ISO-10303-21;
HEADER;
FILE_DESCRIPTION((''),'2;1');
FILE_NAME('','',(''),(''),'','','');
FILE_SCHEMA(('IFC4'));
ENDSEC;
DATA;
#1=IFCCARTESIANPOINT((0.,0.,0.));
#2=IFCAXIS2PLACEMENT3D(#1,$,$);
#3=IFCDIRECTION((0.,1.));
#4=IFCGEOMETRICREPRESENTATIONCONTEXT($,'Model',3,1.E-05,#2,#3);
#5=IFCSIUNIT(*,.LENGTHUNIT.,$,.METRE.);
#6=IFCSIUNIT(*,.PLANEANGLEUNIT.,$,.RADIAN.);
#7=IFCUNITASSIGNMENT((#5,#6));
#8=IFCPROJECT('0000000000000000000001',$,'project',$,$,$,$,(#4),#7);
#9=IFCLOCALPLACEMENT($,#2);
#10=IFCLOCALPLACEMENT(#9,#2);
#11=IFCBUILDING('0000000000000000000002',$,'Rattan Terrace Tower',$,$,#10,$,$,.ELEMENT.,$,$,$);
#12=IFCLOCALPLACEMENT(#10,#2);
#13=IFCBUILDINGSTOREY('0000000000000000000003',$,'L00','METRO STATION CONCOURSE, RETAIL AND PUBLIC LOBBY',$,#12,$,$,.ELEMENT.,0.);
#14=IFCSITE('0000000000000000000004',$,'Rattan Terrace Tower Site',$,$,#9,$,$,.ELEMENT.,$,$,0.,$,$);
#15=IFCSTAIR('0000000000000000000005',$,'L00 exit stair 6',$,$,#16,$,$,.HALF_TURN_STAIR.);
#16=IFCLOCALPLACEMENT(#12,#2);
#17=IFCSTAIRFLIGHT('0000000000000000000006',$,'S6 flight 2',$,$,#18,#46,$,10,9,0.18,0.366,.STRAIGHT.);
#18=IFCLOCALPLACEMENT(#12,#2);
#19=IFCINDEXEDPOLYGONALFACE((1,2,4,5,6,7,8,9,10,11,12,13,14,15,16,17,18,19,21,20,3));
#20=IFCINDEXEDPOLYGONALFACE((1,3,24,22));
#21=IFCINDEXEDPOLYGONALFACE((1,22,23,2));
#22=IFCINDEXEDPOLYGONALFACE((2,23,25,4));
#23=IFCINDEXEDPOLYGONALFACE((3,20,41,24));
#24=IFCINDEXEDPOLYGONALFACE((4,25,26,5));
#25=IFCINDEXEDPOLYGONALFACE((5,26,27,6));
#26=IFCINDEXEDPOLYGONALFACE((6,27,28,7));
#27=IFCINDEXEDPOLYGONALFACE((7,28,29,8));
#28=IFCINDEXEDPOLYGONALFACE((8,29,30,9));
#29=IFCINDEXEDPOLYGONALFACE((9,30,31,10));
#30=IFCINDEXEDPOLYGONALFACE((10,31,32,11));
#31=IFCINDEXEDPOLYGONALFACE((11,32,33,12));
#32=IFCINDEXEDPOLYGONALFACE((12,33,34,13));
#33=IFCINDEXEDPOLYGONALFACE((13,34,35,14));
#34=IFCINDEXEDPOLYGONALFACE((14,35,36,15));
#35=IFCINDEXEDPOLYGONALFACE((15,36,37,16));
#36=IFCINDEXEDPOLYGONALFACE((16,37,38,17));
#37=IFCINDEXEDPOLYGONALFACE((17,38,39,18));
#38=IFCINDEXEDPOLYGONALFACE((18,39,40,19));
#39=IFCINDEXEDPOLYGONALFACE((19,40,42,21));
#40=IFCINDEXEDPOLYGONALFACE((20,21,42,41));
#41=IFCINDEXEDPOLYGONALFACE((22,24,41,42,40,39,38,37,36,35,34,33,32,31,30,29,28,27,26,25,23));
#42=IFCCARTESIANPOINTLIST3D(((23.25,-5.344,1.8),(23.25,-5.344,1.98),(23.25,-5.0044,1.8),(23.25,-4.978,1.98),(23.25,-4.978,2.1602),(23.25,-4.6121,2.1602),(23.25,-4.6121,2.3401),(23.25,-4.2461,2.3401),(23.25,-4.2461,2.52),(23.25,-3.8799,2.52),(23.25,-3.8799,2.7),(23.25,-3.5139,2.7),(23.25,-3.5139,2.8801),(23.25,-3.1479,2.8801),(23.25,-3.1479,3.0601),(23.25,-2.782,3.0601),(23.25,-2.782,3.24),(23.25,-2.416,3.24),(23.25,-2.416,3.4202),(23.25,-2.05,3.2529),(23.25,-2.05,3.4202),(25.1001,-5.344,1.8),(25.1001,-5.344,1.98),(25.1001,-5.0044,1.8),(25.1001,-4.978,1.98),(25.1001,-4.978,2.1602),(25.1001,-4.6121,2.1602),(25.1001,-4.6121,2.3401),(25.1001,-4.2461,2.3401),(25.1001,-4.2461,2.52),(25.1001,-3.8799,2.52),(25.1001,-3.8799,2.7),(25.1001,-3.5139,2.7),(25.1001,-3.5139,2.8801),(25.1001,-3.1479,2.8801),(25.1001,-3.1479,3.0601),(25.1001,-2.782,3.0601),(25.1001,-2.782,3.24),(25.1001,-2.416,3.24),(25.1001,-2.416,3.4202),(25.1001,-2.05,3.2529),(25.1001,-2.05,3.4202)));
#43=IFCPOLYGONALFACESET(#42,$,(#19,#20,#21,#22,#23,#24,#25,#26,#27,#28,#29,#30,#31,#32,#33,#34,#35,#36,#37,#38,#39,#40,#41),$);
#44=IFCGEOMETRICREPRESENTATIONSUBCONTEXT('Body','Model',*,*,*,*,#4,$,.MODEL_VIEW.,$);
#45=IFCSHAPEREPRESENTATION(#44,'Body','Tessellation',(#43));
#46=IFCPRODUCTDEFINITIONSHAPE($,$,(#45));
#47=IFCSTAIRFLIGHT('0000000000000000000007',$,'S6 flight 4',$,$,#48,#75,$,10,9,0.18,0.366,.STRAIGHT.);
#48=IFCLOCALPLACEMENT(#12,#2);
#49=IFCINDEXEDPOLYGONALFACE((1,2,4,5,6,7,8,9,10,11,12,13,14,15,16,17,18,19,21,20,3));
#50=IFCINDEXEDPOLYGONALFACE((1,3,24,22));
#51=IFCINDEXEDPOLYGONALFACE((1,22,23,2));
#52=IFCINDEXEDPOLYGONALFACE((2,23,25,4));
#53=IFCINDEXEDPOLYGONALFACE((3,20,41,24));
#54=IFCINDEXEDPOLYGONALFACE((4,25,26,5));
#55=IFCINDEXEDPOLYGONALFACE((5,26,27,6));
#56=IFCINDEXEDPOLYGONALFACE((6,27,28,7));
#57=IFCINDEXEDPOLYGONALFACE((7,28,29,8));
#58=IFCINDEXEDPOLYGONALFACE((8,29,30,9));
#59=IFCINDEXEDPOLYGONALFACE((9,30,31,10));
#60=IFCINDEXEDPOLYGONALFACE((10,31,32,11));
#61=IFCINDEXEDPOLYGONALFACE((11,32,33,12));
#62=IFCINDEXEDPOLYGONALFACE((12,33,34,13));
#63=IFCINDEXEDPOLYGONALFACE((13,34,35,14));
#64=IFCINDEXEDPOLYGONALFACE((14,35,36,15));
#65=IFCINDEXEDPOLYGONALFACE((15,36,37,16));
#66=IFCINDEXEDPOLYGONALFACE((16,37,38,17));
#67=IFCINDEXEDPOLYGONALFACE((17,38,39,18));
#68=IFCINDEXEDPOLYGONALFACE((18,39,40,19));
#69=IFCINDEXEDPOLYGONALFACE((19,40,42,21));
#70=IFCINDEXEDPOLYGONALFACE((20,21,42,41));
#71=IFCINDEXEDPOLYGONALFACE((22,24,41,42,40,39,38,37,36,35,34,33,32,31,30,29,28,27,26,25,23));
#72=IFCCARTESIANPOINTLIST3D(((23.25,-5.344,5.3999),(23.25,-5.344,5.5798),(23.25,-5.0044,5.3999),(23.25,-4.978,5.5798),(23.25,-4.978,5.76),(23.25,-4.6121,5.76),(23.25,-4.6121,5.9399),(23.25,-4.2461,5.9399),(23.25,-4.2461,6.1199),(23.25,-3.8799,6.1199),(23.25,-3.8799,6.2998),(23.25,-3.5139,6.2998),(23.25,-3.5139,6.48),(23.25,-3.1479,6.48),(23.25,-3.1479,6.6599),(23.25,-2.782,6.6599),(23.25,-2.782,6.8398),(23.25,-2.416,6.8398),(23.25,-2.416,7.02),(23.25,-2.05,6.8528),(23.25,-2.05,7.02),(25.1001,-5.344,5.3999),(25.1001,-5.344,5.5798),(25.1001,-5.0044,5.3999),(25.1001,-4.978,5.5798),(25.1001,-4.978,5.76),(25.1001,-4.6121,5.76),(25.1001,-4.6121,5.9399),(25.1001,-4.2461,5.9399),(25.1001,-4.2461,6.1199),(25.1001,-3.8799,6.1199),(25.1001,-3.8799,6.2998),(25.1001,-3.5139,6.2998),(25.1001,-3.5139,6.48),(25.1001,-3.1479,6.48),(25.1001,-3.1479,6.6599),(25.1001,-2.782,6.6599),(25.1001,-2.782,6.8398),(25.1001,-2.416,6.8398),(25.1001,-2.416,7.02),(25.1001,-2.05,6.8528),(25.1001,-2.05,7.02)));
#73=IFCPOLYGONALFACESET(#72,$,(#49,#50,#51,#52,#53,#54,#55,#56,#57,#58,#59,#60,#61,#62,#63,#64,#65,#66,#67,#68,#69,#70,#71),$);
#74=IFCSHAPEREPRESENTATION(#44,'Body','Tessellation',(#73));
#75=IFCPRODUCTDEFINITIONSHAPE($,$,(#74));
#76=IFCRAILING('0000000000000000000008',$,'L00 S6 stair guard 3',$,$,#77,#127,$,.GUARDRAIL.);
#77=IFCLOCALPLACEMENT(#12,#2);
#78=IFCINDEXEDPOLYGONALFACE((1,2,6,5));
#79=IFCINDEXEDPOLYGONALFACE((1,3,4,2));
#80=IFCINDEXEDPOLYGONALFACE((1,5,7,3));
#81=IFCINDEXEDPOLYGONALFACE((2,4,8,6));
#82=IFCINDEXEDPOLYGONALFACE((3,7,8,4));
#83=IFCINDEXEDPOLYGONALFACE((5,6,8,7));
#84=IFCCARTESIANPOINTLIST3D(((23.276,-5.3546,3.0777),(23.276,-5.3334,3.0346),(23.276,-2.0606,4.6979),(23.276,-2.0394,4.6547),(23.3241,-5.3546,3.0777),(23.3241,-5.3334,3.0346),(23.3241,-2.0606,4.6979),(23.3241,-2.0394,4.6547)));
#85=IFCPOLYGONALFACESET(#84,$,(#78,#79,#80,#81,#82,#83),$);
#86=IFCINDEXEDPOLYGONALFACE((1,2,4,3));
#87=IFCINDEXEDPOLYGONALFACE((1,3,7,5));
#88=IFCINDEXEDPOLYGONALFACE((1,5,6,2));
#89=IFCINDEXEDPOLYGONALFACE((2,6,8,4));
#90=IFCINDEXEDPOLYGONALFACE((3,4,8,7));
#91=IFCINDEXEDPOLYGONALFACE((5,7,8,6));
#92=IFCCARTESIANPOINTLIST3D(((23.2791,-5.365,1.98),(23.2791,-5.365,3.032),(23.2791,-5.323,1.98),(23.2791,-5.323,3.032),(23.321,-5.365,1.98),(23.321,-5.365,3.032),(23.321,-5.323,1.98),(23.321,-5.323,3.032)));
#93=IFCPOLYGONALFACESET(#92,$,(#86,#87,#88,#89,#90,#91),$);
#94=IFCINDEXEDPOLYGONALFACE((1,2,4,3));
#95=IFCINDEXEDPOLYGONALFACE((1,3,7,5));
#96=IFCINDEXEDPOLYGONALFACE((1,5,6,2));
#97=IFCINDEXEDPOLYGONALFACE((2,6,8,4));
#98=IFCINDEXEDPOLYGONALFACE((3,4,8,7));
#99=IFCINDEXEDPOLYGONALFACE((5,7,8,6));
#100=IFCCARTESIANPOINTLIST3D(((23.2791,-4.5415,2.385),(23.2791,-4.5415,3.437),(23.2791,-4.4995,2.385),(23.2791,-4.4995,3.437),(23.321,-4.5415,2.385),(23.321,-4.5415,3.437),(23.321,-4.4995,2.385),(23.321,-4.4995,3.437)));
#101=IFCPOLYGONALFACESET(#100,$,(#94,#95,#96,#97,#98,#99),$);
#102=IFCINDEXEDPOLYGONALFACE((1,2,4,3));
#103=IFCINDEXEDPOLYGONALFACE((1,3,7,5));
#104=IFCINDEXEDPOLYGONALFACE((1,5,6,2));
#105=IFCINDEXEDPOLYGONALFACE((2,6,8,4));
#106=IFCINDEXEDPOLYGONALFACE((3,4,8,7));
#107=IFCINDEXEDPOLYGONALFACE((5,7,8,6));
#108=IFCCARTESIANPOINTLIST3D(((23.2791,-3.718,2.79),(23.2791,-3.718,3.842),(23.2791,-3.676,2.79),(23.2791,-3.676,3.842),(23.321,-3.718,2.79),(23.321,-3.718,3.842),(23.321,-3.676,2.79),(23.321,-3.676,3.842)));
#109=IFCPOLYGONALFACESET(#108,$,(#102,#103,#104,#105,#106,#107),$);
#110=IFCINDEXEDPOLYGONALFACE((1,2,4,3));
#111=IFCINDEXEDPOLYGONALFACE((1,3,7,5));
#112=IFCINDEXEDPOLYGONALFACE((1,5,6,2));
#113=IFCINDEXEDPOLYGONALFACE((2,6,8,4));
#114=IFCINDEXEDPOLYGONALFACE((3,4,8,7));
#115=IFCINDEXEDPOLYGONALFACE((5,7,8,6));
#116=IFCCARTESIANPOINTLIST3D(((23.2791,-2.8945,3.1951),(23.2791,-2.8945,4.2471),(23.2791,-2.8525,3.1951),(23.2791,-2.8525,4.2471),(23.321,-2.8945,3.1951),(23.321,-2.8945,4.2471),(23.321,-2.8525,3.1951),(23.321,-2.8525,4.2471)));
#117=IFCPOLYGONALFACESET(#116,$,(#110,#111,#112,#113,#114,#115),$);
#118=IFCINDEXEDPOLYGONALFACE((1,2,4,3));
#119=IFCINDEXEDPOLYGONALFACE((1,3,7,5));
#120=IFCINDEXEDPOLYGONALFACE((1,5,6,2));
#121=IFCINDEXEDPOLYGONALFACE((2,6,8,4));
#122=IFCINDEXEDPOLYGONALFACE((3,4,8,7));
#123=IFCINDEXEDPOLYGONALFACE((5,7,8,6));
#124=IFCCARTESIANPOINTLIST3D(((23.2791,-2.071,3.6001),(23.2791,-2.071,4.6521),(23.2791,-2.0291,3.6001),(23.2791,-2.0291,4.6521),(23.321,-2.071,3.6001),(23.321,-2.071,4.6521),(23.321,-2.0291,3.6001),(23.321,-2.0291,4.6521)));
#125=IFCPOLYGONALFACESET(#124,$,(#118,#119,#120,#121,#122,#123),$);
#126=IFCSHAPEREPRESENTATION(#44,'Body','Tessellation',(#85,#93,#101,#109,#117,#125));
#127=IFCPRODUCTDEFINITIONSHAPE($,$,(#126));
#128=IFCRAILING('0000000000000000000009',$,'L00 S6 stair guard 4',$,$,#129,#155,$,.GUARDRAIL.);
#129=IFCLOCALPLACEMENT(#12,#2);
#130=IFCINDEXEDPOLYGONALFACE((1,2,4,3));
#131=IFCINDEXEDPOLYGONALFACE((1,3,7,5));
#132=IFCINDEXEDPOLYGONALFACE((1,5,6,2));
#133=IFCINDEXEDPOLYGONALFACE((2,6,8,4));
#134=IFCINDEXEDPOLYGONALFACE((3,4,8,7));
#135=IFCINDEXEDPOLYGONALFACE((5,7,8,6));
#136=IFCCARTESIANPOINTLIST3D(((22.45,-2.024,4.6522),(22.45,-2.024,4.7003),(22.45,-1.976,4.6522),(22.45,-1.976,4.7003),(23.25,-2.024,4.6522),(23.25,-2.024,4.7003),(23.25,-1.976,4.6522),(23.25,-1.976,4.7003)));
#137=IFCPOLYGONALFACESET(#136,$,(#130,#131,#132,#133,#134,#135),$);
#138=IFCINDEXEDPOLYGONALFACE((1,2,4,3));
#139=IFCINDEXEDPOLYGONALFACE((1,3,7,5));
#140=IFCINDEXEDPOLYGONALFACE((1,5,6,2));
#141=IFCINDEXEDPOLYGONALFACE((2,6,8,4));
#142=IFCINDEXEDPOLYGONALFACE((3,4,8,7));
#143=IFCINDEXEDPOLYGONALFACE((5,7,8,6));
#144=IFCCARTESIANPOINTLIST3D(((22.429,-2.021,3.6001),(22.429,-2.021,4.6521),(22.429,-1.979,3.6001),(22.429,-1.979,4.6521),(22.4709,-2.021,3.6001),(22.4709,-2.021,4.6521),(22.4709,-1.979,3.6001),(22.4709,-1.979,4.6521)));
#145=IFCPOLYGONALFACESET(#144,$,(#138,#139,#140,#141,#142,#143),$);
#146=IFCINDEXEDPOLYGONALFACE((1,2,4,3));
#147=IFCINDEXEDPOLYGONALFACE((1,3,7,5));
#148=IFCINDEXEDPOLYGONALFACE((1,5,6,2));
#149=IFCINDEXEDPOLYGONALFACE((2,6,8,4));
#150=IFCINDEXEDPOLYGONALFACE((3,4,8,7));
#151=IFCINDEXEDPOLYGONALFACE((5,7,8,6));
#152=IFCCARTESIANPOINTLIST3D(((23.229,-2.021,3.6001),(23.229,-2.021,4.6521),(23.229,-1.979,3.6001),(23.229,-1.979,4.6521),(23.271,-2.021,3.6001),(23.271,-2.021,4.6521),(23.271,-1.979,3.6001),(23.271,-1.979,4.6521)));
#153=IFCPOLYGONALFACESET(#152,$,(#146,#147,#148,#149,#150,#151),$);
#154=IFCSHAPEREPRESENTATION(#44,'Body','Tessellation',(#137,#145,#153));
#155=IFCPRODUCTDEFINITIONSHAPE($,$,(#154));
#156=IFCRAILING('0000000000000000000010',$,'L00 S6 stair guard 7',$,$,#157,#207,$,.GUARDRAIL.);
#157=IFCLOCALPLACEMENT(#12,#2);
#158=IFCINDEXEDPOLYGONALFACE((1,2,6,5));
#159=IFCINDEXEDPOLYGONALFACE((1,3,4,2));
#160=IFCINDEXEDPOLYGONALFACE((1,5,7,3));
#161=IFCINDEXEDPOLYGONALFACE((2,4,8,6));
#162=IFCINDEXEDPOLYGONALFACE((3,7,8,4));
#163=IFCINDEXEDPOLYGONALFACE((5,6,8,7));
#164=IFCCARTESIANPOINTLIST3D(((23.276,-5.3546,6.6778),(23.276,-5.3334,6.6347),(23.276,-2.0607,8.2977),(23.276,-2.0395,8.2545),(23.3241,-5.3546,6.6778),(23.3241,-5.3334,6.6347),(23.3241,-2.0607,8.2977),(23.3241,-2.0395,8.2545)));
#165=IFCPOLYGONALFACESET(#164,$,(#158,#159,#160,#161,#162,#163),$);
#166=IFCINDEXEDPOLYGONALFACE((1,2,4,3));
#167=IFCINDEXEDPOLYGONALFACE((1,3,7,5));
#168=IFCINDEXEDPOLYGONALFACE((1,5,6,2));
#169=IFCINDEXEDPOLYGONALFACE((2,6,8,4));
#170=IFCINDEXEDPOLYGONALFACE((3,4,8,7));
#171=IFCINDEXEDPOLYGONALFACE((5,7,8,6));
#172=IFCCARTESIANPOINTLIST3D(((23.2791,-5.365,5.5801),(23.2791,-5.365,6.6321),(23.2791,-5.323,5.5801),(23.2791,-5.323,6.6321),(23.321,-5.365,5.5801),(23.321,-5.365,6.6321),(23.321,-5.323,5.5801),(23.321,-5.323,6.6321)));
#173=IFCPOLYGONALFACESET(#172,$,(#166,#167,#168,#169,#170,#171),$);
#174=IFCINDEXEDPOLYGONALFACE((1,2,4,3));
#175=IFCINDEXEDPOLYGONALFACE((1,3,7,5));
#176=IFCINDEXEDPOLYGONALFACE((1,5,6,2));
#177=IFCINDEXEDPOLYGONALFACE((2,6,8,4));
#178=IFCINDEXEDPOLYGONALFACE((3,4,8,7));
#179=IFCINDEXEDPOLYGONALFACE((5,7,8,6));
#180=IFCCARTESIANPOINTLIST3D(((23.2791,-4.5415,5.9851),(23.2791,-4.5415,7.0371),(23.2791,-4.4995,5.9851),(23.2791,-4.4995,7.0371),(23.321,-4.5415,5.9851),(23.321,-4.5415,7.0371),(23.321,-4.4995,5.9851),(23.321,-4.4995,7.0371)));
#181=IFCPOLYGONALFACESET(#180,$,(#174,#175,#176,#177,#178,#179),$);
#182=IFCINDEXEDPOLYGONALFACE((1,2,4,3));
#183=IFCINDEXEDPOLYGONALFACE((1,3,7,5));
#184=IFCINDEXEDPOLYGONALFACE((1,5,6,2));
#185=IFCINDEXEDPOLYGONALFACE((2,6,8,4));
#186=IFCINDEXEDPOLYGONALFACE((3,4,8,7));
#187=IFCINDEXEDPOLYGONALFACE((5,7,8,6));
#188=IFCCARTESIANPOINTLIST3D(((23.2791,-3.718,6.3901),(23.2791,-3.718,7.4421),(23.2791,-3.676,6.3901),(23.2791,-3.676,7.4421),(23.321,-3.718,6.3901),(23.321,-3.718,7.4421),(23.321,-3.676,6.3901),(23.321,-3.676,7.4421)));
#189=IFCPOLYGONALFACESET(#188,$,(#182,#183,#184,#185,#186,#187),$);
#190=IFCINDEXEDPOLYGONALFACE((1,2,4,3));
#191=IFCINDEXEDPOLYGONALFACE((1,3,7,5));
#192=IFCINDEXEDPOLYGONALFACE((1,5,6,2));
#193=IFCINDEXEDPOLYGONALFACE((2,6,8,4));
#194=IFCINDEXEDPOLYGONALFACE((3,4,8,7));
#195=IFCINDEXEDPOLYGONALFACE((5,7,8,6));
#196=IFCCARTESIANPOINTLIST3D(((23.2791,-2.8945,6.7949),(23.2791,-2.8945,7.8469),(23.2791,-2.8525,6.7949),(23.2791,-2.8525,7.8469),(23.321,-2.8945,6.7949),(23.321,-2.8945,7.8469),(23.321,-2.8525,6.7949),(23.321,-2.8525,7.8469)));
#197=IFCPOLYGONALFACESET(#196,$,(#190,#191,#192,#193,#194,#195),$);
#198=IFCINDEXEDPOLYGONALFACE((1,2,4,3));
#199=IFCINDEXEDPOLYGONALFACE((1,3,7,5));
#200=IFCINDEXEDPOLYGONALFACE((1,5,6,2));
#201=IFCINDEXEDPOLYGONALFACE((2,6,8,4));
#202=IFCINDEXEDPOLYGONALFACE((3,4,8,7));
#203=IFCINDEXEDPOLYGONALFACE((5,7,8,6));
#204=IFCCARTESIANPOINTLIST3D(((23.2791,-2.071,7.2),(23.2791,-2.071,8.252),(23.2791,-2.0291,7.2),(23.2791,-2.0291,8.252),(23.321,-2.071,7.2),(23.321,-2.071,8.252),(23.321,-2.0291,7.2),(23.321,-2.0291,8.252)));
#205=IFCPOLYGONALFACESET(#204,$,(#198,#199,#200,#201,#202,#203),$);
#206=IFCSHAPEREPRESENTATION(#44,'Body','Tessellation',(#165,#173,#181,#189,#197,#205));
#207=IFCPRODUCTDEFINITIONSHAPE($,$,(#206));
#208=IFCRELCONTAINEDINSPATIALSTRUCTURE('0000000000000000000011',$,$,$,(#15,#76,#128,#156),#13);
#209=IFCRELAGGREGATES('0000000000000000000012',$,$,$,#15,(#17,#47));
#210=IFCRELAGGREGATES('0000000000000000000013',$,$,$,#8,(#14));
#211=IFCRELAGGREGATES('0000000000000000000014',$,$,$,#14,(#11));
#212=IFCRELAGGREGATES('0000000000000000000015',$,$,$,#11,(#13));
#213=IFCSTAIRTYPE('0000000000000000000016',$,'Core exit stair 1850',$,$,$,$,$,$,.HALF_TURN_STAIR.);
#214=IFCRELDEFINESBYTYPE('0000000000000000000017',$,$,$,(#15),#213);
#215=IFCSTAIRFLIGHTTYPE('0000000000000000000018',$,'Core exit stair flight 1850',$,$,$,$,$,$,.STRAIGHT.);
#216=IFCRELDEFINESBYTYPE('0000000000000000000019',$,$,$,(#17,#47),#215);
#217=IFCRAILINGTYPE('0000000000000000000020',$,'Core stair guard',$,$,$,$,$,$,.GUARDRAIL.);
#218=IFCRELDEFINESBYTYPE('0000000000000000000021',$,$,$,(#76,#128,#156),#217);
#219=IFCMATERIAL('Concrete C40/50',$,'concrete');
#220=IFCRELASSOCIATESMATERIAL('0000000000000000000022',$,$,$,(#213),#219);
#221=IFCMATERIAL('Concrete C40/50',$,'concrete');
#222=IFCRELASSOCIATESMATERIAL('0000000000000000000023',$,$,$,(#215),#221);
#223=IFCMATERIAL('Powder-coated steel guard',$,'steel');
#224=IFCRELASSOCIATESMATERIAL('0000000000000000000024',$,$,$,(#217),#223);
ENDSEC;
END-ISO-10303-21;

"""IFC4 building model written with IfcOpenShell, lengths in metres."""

from ifc_helpers import new_model, si_unit, direction, frame, origin, origin_2d, place, context, subcontext, project, spatial, polyline, rectangle, outline, extrude, material, type_object, element, aggregate, save


model = new_model("IFC4")

# Units and contexts
model_context = context("Model", 3, precision=1e-05, world=origin(), true_north=direction((0.0, 1.0)))
body_context = subcontext(model_context, "Body", "Model", "MODEL_VIEW")
ifc_project = project(units=[si_unit("LENGTHUNIT", "METRE"), si_unit("PLANEANGLEUNIT", "RADIAN")], contexts=[model_context])

# Site, building, storey
site_placement = place(None, origin())
site = spatial("IfcSite", under=ifc_project, at=site_placement, Name="Rattan Terrace Tower Site", CompositionType="ELEMENT", RefElevation=0.0)
building_placement = place(site_placement, origin())
building = spatial("IfcBuilding", under=site, at=building_placement, Name="Rattan Terrace Tower", CompositionType="ELEMENT")
storey_placement = place(building_placement, origin())
storey = spatial("IfcBuildingStorey", under=building, at=storey_placement, Name="L00", Description="METRO STATION CONCOURSE, RETAIL AND PUBLIC LOBBY", CompositionType="ELEMENT", Elevation=0.0)

# Stair, stair flights
ifc_material_1 = material(Name="Concrete C40/50", Category="concrete")
stair_type = type_object("IfcStairType", Name="Core exit stair 1850", PredefinedType="HALF_TURN_STAIR", material=ifc_material_1)
stair_placement = place(storey_placement, origin())
stair = element("IfcStair", 1, at=stair_placement, inside=storey, type_object=stair_type, Name="L00 exit stair 6", PredefinedType="HALF_TURN_STAIR")
ifc_material_2 = material(Name="Concrete C40/50", Category="concrete")
stair_flight_type = type_object("IfcStairFlightType", Name="Core exit stair flight 1850", PredefinedType="STRAIGHT", material=ifc_material_2)
stair_flight_1_placement = place(storey_placement, frame((24.175, -5.344, 1.8), z_axis=(0.0, 0.0, 1.0), x_axis=(0.0, 1.0, 0.0)))
stair_flight_1 = element("IfcStairFlight", 2, at=stair_flight_1_placement, type_object=stair_flight_type, Name="S6 flight 2", NumberOfRisers=10, NumberOfTreads=9, PredefinedType="STRAIGHT", RiserHeight=0.18, TreadLength=0.366, context=body_context, shape_type="SweptSolid", body=[
    extrude(outline(polyline([(0.0, 0.0), (0.0, 0.1799), (0.366, 0.1799), (0.366, 0.3601), (0.7319, 0.3601), (0.7319, 0.54), (1.0979, 0.54), (1.0979, 0.72), (1.4641, 0.72), (1.4641, 0.8999), (1.8301, 0.8999), (1.8301, 1.0801), (2.196, 1.0801), (2.196, 1.26), (2.562, 1.26), (2.562, 1.4399), (2.928, 1.4399), (2.928, 1.6201), (3.2939, 1.6201), (3.2939, 1.8), (3.2939, 1.4529), (0.3396, 0.0), (0.0, 0.0)])), frame((0.0, 0.925, 0.0), z_axis=(0.0, -1.0, 0.0), x_axis=(1.0, 0.0, 0.0)), (0.0, 0.0, 1.0), 1.8501),
])
stair_flight_2_placement = place(storey_placement, frame((24.175, -5.344, 5.3999), z_axis=(0.0, 0.0, 1.0), x_axis=(0.0, 1.0, 0.0)))
stair_flight_2 = element("IfcStairFlight", 3, at=stair_flight_2_placement, type_object=stair_flight_type, Name="S6 flight 4", NumberOfRisers=10, NumberOfTreads=9, PredefinedType="STRAIGHT", RiserHeight=0.18, TreadLength=0.366, context=body_context, shape_type="SweptSolid", body=[
    extrude(outline(polyline([(0.0, 0.0), (0.0, 0.1799), (0.366, 0.1799), (0.366, 0.3601), (0.7319, 0.3601), (0.7319, 0.54), (1.0979, 0.54), (1.0979, 0.72), (1.4641, 0.72), (1.4641, 0.8999), (1.8301, 0.8999), (1.8301, 1.0801), (2.196, 1.0801), (2.196, 1.26), (2.562, 1.26), (2.562, 1.4399), (2.928, 1.4399), (2.928, 1.6201), (3.2939, 1.6201), (3.2939, 1.8), (3.2939, 1.4529), (0.3396, 0.0), (0.0, 0.0)])), frame((0.0, 0.925, 0.0), z_axis=(0.0, -1.0, 0.0), x_axis=(1.0, 0.0, 0.0)), (0.0, 0.0, 1.0), 1.8501),
])
aggregate(stair, [stair_flight_1, stair_flight_2])

# Railings
ifc_material_3 = material(Name="Powder-coated steel guard", Category="steel")
railing_type_1 = type_object("IfcRailingType", Name="Core stair guard", PredefinedType="GUARDRAIL", material=ifc_material_3)
railing_1_placement = place(storey_placement, frame((23.3, -5.344, 1.98)))
element("IfcRailing", 4, at=railing_1_placement, inside=storey, type_object=railing_type_1, Name="L00 S6 stair guard 3", PredefinedType="GUARDRAIL", context=body_context, shape_type="SweptSolid", body=[
    extrude(rectangle(XDim=0.0481, YDim=0.0481, at=origin_2d()), frame((0.0, 0.0, 1.0762), z_axis=(0.0, 0.897334, 0.441351), x_axis=(-1.0, 0.0, 0.0)), (0.0, 0.0, 1.0), 3.6709),
    extrude(rectangle(XDim=0.042, YDim=0.042, at=origin_2d()), origin(), (0.0, 0.0, 1.0), 1.052),
    extrude(rectangle(XDim=0.042, YDim=0.042, at=origin_2d()), frame((0.0, 0.8235, 0.405)), (0.0, 0.0, 1.0), 1.052),
    extrude(rectangle(XDim=0.042, YDim=0.042, at=origin_2d()), frame((0.0, 1.647, 0.8101)), (0.0, 0.0, 1.0), 1.052),
    extrude(rectangle(XDim=0.042, YDim=0.042, at=origin_2d()), frame((0.0, 2.4705, 1.2151)), (0.0, 0.0, 1.0), 1.052),
    extrude(rectangle(XDim=0.042, YDim=0.042, at=origin_2d()), frame((0.0, 3.2939, 1.6201)), (0.0, 0.0, 1.0), 1.052),
])
railing_2_placement = place(storey_placement, frame((22.45, -2.0, 3.6001)))
element("IfcRailing", 5, at=railing_2_placement, inside=storey, type_object=railing_type_1, Name="L00 S6 stair guard 4", PredefinedType="GUARDRAIL", context=body_context, shape_type="SweptSolid", body=[
    extrude(rectangle(XDim=0.0481, YDim=0.0481, at=origin_2d()), frame((0.0, 0.0, 1.0762), z_axis=(1.0, 0.0, 0.0), x_axis=(0.0, 1.0, 0.0)), (0.0, 0.0, 1.0), 0.8),
    extrude(rectangle(XDim=0.042, YDim=0.042, at=origin_2d()), origin(), (0.0, 0.0, 1.0), 1.052),
    extrude(rectangle(XDim=0.042, YDim=0.042, at=origin_2d()), frame((0.8, 0.0, 0.0)), (0.0, 0.0, 1.0), 1.052),
])
railing_3_placement = place(storey_placement, frame((23.3, -5.344, 5.5801)))
element("IfcRailing", 6, at=railing_3_placement, inside=storey, type_object=railing_type_1, Name="L00 S6 stair guard 7", PredefinedType="GUARDRAIL", context=body_context, shape_type="SweptSolid", body=[
    extrude(rectangle(XDim=0.0481, YDim=0.0481, at=origin_2d()), frame((0.0, 0.0, 1.0762), z_axis=(0.0, 0.897361, 0.441298), x_axis=(-1.0, 0.0, 0.0)), (0.0, 0.0, 1.0), 3.6707),
    extrude(rectangle(XDim=0.042, YDim=0.042, at=origin_2d()), origin(), (0.0, 0.0, 1.0), 1.052),
    extrude(rectangle(XDim=0.042, YDim=0.042, at=origin_2d()), frame((0.0, 0.8235, 0.405)), (0.0, 0.0, 1.0), 1.052),
    extrude(rectangle(XDim=0.042, YDim=0.042, at=origin_2d()), frame((0.0, 1.647, 0.8101)), (0.0, 0.0, 1.0), 1.052),
    extrude(rectangle(XDim=0.042, YDim=0.042, at=origin_2d()), frame((0.0, 2.4705, 1.2148)), (0.0, 0.0, 1.0), 1.052),
    extrude(rectangle(XDim=0.042, YDim=0.042, at=origin_2d()), frame((0.0, 3.2939, 1.6199)), (0.0, 0.0, 1.0), 1.052),
])

save(model, "model.ifc")
